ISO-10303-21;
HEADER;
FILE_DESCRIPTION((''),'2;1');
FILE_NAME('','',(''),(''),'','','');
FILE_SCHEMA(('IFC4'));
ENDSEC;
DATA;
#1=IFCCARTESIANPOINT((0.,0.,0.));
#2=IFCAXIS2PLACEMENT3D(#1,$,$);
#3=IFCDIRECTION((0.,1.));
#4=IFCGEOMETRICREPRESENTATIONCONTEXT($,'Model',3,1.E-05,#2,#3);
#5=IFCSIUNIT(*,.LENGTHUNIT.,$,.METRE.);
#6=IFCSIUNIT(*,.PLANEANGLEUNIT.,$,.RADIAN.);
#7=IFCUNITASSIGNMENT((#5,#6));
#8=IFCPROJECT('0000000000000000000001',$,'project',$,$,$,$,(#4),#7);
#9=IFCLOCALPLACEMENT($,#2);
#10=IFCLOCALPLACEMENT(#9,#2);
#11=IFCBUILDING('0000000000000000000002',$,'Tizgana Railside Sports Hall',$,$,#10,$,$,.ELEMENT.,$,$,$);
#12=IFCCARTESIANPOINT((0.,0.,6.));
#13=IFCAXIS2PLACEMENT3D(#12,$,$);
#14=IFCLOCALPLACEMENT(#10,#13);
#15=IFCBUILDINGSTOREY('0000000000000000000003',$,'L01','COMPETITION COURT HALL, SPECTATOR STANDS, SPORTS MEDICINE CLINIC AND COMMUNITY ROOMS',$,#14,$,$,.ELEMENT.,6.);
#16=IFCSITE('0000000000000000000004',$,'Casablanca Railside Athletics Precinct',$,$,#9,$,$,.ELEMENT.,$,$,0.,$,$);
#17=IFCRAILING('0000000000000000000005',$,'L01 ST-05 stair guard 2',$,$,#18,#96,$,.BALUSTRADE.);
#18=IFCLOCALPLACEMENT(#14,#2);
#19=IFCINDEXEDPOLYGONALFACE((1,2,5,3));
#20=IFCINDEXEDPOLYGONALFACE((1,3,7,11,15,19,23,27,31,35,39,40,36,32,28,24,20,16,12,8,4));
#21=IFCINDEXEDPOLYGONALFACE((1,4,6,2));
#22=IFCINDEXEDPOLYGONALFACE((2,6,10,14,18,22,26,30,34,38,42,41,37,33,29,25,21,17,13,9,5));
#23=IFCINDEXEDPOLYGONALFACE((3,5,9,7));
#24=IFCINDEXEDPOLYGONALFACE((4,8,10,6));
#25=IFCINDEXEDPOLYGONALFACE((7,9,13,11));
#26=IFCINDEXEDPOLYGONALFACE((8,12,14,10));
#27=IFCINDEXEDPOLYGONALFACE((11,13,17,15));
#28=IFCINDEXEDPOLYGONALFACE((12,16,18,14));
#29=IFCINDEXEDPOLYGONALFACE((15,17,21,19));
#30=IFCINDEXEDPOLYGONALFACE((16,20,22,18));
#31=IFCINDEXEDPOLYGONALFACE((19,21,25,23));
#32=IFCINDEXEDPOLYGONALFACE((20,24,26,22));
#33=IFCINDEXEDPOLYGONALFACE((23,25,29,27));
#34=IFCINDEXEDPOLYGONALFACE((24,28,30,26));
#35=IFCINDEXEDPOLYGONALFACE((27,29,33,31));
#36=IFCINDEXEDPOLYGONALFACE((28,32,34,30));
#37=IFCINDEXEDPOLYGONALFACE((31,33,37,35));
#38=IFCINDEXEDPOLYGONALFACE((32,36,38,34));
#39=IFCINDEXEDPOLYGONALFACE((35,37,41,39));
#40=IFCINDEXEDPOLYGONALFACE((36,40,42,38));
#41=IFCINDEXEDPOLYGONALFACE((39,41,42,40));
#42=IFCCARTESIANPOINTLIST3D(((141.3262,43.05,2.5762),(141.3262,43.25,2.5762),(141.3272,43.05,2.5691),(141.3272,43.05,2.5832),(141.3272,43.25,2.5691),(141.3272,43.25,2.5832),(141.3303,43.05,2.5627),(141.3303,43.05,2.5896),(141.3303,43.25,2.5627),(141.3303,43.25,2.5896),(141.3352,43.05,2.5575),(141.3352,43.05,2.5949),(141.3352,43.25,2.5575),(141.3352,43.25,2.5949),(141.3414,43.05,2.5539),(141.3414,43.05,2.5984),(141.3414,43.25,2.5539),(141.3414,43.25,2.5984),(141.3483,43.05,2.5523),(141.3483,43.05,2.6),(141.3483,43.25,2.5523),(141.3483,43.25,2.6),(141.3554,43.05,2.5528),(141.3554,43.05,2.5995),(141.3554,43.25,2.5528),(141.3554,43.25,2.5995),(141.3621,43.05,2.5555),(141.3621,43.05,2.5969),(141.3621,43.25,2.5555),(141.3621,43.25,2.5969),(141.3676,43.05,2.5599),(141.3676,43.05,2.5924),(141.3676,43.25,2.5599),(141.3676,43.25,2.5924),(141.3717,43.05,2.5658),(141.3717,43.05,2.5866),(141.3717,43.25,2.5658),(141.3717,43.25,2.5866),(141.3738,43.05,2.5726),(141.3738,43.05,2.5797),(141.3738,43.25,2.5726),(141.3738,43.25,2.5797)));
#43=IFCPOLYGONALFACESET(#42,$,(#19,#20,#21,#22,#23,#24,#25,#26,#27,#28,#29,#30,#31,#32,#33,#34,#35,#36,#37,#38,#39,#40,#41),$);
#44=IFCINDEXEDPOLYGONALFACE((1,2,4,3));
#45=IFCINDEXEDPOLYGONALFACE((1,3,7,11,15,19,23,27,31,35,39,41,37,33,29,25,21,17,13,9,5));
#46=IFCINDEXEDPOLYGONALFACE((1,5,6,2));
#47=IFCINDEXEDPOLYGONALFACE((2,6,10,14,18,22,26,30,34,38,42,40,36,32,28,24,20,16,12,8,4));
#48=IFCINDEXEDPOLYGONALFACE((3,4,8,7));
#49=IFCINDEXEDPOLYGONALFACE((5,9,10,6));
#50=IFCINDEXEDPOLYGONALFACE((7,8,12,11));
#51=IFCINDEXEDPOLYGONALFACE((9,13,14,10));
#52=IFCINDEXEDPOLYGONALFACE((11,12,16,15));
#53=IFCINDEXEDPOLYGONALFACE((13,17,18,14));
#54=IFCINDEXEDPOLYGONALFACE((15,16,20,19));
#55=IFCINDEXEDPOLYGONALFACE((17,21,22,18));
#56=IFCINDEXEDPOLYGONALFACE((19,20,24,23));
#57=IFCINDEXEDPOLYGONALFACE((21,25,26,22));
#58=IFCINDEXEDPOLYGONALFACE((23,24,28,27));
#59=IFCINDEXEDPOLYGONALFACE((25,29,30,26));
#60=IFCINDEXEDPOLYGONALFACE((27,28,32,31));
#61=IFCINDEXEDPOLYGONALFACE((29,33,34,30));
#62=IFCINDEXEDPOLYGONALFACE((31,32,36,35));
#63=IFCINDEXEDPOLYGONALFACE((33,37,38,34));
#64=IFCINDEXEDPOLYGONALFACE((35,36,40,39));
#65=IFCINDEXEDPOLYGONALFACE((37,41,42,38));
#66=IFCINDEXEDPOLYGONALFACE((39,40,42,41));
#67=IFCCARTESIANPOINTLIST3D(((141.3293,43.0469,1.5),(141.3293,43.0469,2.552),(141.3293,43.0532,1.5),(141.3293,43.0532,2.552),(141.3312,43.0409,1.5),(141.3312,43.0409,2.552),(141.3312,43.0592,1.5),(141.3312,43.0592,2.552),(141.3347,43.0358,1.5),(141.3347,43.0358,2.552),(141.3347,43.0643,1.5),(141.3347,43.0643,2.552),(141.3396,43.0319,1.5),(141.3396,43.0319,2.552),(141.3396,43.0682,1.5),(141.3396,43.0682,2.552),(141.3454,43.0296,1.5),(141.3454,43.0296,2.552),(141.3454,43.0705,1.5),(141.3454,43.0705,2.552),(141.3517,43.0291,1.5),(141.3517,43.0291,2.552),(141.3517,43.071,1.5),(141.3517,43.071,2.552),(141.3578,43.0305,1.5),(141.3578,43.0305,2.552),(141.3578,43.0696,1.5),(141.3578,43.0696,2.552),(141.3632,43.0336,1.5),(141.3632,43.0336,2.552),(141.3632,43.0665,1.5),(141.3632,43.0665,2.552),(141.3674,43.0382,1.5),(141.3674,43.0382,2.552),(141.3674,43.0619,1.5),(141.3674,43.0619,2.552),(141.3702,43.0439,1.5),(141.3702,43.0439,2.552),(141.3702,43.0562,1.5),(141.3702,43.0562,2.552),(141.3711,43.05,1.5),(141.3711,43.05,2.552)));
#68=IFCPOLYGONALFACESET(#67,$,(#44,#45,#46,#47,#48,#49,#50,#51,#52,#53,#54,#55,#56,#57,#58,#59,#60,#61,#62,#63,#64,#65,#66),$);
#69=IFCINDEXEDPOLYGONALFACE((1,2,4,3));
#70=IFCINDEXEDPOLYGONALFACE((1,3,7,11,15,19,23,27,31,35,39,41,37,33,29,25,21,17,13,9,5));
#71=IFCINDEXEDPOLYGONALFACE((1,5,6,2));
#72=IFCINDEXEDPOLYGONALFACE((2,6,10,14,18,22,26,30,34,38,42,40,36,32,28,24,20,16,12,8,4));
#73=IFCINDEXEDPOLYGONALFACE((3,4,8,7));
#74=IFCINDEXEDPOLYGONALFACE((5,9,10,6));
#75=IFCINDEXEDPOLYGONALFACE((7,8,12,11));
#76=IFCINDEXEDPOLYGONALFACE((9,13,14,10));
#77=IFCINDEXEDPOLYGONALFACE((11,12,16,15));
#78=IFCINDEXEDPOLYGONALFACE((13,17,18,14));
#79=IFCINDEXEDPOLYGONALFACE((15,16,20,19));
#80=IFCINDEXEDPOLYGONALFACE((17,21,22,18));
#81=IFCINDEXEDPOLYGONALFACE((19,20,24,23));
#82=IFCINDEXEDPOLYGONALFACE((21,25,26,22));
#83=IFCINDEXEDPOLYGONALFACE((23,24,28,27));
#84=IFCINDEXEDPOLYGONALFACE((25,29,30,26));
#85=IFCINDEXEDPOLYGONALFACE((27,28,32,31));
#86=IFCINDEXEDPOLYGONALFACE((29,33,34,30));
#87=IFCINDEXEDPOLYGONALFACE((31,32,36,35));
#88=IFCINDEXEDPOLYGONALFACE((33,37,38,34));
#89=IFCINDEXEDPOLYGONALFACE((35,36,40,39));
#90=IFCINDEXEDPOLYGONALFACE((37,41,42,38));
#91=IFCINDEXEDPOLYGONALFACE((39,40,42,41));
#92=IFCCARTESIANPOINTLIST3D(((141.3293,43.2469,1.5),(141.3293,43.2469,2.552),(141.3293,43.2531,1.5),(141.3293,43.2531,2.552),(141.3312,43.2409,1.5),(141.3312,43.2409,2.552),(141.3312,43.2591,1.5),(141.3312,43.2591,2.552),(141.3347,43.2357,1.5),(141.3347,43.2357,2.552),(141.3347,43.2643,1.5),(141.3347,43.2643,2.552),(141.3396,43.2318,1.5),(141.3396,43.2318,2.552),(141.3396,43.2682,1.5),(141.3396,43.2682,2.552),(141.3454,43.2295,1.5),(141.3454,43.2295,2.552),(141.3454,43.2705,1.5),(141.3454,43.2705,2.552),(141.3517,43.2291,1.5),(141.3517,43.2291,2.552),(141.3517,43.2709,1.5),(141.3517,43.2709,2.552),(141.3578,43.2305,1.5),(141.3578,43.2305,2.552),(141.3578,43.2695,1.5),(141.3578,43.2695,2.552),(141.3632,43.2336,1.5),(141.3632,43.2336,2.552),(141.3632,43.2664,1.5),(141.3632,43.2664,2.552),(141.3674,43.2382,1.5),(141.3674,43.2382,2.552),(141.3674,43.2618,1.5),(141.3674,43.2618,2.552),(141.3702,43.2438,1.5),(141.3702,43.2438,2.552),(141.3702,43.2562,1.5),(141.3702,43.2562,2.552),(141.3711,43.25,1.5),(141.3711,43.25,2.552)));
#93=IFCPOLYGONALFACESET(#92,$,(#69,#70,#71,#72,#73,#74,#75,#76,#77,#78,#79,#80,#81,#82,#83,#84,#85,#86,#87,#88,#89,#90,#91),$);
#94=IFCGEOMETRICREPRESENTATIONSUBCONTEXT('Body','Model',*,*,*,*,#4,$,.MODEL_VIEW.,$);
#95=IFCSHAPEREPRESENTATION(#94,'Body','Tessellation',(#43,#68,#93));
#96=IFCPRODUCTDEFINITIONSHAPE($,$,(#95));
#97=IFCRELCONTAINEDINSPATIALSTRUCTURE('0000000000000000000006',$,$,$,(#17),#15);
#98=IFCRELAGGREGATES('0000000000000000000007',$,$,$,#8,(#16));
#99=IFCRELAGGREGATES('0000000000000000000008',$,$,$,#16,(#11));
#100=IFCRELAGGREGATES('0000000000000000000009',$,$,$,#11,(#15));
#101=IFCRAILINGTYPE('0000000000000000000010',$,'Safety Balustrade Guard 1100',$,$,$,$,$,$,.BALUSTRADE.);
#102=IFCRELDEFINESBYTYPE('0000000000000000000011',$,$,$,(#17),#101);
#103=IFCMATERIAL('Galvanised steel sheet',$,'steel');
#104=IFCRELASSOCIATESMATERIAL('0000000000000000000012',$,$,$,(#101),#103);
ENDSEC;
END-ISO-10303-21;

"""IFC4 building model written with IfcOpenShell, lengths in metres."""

from ifc_helpers import new_model, si_unit, direction, frame, origin, origin_2d, place, context, subcontext, project, spatial, circle, extrude, material, type_object, element, save


model = new_model("IFC4")

# Units and contexts
model_context = context("Model", 3, precision=1e-05, world=origin(), true_north=direction((0.0, 1.0)))
body_context = subcontext(model_context, "Body", "Model", "MODEL_VIEW")
ifc_project = project(units=[si_unit("LENGTHUNIT", "METRE"), si_unit("PLANEANGLEUNIT", "RADIAN")], contexts=[model_context])

# Site, building, storey
site_placement = place(None, origin())
site = spatial("IfcSite", under=ifc_project, at=site_placement, Name="Casablanca Railside Athletics Precinct", CompositionType="ELEMENT", RefElevation=0.0)
building_placement = place(site_placement, origin())
building = spatial("IfcBuilding", under=site, at=building_placement, Name="Tizgana Railside Sports Hall", CompositionType="ELEMENT")
storey_placement = place(building_placement, frame((0.0, 0.0, 6.0)))
storey = spatial("IfcBuildingStorey", under=building, at=storey_placement, Name="L01", Description="COMPETITION COURT HALL, SPECTATOR STANDS, SPORTS MEDICINE CLINIC AND COMMUNITY ROOMS", CompositionType="ELEMENT", Elevation=6.0)

# Railing
ifc_material_1 = material(Name="Galvanised steel sheet", Category="steel")
railing_type_1 = type_object("IfcRailingType", Name="Safety Balustrade Guard 1100", PredefinedType="BALUSTRADE", material=ifc_material_1)
railing_1_placement = place(storey_placement, frame((141.3501, 43.05, 1.5)))
element("IfcRailing", 1, at=railing_1_placement, inside=storey, type_object=railing_type_1, Name="L01 ST-05 stair guard 2", PredefinedType="BALUSTRADE", context=body_context, shape_type="SweptSolid", body=[
    extrude(circle(Radius=0.0239, at=origin_2d()), frame((0.0, 0.0, 1.0762), z_axis=(0.0, 1.0, 0.0), x_axis=(-1.0, 0.0, 0.0)), (0.0, 0.0, 1.0), 0.2),
    extrude(circle(Radius=0.021, at=origin_2d()), origin(), (0.0, 0.0, 1.0), 1.052),
    extrude(circle(Radius=0.021, at=origin_2d()), frame((0.0, 0.2, 0.0)), (0.0, 0.0, 1.0), 1.052),
])

save(model, "model.ifc")
